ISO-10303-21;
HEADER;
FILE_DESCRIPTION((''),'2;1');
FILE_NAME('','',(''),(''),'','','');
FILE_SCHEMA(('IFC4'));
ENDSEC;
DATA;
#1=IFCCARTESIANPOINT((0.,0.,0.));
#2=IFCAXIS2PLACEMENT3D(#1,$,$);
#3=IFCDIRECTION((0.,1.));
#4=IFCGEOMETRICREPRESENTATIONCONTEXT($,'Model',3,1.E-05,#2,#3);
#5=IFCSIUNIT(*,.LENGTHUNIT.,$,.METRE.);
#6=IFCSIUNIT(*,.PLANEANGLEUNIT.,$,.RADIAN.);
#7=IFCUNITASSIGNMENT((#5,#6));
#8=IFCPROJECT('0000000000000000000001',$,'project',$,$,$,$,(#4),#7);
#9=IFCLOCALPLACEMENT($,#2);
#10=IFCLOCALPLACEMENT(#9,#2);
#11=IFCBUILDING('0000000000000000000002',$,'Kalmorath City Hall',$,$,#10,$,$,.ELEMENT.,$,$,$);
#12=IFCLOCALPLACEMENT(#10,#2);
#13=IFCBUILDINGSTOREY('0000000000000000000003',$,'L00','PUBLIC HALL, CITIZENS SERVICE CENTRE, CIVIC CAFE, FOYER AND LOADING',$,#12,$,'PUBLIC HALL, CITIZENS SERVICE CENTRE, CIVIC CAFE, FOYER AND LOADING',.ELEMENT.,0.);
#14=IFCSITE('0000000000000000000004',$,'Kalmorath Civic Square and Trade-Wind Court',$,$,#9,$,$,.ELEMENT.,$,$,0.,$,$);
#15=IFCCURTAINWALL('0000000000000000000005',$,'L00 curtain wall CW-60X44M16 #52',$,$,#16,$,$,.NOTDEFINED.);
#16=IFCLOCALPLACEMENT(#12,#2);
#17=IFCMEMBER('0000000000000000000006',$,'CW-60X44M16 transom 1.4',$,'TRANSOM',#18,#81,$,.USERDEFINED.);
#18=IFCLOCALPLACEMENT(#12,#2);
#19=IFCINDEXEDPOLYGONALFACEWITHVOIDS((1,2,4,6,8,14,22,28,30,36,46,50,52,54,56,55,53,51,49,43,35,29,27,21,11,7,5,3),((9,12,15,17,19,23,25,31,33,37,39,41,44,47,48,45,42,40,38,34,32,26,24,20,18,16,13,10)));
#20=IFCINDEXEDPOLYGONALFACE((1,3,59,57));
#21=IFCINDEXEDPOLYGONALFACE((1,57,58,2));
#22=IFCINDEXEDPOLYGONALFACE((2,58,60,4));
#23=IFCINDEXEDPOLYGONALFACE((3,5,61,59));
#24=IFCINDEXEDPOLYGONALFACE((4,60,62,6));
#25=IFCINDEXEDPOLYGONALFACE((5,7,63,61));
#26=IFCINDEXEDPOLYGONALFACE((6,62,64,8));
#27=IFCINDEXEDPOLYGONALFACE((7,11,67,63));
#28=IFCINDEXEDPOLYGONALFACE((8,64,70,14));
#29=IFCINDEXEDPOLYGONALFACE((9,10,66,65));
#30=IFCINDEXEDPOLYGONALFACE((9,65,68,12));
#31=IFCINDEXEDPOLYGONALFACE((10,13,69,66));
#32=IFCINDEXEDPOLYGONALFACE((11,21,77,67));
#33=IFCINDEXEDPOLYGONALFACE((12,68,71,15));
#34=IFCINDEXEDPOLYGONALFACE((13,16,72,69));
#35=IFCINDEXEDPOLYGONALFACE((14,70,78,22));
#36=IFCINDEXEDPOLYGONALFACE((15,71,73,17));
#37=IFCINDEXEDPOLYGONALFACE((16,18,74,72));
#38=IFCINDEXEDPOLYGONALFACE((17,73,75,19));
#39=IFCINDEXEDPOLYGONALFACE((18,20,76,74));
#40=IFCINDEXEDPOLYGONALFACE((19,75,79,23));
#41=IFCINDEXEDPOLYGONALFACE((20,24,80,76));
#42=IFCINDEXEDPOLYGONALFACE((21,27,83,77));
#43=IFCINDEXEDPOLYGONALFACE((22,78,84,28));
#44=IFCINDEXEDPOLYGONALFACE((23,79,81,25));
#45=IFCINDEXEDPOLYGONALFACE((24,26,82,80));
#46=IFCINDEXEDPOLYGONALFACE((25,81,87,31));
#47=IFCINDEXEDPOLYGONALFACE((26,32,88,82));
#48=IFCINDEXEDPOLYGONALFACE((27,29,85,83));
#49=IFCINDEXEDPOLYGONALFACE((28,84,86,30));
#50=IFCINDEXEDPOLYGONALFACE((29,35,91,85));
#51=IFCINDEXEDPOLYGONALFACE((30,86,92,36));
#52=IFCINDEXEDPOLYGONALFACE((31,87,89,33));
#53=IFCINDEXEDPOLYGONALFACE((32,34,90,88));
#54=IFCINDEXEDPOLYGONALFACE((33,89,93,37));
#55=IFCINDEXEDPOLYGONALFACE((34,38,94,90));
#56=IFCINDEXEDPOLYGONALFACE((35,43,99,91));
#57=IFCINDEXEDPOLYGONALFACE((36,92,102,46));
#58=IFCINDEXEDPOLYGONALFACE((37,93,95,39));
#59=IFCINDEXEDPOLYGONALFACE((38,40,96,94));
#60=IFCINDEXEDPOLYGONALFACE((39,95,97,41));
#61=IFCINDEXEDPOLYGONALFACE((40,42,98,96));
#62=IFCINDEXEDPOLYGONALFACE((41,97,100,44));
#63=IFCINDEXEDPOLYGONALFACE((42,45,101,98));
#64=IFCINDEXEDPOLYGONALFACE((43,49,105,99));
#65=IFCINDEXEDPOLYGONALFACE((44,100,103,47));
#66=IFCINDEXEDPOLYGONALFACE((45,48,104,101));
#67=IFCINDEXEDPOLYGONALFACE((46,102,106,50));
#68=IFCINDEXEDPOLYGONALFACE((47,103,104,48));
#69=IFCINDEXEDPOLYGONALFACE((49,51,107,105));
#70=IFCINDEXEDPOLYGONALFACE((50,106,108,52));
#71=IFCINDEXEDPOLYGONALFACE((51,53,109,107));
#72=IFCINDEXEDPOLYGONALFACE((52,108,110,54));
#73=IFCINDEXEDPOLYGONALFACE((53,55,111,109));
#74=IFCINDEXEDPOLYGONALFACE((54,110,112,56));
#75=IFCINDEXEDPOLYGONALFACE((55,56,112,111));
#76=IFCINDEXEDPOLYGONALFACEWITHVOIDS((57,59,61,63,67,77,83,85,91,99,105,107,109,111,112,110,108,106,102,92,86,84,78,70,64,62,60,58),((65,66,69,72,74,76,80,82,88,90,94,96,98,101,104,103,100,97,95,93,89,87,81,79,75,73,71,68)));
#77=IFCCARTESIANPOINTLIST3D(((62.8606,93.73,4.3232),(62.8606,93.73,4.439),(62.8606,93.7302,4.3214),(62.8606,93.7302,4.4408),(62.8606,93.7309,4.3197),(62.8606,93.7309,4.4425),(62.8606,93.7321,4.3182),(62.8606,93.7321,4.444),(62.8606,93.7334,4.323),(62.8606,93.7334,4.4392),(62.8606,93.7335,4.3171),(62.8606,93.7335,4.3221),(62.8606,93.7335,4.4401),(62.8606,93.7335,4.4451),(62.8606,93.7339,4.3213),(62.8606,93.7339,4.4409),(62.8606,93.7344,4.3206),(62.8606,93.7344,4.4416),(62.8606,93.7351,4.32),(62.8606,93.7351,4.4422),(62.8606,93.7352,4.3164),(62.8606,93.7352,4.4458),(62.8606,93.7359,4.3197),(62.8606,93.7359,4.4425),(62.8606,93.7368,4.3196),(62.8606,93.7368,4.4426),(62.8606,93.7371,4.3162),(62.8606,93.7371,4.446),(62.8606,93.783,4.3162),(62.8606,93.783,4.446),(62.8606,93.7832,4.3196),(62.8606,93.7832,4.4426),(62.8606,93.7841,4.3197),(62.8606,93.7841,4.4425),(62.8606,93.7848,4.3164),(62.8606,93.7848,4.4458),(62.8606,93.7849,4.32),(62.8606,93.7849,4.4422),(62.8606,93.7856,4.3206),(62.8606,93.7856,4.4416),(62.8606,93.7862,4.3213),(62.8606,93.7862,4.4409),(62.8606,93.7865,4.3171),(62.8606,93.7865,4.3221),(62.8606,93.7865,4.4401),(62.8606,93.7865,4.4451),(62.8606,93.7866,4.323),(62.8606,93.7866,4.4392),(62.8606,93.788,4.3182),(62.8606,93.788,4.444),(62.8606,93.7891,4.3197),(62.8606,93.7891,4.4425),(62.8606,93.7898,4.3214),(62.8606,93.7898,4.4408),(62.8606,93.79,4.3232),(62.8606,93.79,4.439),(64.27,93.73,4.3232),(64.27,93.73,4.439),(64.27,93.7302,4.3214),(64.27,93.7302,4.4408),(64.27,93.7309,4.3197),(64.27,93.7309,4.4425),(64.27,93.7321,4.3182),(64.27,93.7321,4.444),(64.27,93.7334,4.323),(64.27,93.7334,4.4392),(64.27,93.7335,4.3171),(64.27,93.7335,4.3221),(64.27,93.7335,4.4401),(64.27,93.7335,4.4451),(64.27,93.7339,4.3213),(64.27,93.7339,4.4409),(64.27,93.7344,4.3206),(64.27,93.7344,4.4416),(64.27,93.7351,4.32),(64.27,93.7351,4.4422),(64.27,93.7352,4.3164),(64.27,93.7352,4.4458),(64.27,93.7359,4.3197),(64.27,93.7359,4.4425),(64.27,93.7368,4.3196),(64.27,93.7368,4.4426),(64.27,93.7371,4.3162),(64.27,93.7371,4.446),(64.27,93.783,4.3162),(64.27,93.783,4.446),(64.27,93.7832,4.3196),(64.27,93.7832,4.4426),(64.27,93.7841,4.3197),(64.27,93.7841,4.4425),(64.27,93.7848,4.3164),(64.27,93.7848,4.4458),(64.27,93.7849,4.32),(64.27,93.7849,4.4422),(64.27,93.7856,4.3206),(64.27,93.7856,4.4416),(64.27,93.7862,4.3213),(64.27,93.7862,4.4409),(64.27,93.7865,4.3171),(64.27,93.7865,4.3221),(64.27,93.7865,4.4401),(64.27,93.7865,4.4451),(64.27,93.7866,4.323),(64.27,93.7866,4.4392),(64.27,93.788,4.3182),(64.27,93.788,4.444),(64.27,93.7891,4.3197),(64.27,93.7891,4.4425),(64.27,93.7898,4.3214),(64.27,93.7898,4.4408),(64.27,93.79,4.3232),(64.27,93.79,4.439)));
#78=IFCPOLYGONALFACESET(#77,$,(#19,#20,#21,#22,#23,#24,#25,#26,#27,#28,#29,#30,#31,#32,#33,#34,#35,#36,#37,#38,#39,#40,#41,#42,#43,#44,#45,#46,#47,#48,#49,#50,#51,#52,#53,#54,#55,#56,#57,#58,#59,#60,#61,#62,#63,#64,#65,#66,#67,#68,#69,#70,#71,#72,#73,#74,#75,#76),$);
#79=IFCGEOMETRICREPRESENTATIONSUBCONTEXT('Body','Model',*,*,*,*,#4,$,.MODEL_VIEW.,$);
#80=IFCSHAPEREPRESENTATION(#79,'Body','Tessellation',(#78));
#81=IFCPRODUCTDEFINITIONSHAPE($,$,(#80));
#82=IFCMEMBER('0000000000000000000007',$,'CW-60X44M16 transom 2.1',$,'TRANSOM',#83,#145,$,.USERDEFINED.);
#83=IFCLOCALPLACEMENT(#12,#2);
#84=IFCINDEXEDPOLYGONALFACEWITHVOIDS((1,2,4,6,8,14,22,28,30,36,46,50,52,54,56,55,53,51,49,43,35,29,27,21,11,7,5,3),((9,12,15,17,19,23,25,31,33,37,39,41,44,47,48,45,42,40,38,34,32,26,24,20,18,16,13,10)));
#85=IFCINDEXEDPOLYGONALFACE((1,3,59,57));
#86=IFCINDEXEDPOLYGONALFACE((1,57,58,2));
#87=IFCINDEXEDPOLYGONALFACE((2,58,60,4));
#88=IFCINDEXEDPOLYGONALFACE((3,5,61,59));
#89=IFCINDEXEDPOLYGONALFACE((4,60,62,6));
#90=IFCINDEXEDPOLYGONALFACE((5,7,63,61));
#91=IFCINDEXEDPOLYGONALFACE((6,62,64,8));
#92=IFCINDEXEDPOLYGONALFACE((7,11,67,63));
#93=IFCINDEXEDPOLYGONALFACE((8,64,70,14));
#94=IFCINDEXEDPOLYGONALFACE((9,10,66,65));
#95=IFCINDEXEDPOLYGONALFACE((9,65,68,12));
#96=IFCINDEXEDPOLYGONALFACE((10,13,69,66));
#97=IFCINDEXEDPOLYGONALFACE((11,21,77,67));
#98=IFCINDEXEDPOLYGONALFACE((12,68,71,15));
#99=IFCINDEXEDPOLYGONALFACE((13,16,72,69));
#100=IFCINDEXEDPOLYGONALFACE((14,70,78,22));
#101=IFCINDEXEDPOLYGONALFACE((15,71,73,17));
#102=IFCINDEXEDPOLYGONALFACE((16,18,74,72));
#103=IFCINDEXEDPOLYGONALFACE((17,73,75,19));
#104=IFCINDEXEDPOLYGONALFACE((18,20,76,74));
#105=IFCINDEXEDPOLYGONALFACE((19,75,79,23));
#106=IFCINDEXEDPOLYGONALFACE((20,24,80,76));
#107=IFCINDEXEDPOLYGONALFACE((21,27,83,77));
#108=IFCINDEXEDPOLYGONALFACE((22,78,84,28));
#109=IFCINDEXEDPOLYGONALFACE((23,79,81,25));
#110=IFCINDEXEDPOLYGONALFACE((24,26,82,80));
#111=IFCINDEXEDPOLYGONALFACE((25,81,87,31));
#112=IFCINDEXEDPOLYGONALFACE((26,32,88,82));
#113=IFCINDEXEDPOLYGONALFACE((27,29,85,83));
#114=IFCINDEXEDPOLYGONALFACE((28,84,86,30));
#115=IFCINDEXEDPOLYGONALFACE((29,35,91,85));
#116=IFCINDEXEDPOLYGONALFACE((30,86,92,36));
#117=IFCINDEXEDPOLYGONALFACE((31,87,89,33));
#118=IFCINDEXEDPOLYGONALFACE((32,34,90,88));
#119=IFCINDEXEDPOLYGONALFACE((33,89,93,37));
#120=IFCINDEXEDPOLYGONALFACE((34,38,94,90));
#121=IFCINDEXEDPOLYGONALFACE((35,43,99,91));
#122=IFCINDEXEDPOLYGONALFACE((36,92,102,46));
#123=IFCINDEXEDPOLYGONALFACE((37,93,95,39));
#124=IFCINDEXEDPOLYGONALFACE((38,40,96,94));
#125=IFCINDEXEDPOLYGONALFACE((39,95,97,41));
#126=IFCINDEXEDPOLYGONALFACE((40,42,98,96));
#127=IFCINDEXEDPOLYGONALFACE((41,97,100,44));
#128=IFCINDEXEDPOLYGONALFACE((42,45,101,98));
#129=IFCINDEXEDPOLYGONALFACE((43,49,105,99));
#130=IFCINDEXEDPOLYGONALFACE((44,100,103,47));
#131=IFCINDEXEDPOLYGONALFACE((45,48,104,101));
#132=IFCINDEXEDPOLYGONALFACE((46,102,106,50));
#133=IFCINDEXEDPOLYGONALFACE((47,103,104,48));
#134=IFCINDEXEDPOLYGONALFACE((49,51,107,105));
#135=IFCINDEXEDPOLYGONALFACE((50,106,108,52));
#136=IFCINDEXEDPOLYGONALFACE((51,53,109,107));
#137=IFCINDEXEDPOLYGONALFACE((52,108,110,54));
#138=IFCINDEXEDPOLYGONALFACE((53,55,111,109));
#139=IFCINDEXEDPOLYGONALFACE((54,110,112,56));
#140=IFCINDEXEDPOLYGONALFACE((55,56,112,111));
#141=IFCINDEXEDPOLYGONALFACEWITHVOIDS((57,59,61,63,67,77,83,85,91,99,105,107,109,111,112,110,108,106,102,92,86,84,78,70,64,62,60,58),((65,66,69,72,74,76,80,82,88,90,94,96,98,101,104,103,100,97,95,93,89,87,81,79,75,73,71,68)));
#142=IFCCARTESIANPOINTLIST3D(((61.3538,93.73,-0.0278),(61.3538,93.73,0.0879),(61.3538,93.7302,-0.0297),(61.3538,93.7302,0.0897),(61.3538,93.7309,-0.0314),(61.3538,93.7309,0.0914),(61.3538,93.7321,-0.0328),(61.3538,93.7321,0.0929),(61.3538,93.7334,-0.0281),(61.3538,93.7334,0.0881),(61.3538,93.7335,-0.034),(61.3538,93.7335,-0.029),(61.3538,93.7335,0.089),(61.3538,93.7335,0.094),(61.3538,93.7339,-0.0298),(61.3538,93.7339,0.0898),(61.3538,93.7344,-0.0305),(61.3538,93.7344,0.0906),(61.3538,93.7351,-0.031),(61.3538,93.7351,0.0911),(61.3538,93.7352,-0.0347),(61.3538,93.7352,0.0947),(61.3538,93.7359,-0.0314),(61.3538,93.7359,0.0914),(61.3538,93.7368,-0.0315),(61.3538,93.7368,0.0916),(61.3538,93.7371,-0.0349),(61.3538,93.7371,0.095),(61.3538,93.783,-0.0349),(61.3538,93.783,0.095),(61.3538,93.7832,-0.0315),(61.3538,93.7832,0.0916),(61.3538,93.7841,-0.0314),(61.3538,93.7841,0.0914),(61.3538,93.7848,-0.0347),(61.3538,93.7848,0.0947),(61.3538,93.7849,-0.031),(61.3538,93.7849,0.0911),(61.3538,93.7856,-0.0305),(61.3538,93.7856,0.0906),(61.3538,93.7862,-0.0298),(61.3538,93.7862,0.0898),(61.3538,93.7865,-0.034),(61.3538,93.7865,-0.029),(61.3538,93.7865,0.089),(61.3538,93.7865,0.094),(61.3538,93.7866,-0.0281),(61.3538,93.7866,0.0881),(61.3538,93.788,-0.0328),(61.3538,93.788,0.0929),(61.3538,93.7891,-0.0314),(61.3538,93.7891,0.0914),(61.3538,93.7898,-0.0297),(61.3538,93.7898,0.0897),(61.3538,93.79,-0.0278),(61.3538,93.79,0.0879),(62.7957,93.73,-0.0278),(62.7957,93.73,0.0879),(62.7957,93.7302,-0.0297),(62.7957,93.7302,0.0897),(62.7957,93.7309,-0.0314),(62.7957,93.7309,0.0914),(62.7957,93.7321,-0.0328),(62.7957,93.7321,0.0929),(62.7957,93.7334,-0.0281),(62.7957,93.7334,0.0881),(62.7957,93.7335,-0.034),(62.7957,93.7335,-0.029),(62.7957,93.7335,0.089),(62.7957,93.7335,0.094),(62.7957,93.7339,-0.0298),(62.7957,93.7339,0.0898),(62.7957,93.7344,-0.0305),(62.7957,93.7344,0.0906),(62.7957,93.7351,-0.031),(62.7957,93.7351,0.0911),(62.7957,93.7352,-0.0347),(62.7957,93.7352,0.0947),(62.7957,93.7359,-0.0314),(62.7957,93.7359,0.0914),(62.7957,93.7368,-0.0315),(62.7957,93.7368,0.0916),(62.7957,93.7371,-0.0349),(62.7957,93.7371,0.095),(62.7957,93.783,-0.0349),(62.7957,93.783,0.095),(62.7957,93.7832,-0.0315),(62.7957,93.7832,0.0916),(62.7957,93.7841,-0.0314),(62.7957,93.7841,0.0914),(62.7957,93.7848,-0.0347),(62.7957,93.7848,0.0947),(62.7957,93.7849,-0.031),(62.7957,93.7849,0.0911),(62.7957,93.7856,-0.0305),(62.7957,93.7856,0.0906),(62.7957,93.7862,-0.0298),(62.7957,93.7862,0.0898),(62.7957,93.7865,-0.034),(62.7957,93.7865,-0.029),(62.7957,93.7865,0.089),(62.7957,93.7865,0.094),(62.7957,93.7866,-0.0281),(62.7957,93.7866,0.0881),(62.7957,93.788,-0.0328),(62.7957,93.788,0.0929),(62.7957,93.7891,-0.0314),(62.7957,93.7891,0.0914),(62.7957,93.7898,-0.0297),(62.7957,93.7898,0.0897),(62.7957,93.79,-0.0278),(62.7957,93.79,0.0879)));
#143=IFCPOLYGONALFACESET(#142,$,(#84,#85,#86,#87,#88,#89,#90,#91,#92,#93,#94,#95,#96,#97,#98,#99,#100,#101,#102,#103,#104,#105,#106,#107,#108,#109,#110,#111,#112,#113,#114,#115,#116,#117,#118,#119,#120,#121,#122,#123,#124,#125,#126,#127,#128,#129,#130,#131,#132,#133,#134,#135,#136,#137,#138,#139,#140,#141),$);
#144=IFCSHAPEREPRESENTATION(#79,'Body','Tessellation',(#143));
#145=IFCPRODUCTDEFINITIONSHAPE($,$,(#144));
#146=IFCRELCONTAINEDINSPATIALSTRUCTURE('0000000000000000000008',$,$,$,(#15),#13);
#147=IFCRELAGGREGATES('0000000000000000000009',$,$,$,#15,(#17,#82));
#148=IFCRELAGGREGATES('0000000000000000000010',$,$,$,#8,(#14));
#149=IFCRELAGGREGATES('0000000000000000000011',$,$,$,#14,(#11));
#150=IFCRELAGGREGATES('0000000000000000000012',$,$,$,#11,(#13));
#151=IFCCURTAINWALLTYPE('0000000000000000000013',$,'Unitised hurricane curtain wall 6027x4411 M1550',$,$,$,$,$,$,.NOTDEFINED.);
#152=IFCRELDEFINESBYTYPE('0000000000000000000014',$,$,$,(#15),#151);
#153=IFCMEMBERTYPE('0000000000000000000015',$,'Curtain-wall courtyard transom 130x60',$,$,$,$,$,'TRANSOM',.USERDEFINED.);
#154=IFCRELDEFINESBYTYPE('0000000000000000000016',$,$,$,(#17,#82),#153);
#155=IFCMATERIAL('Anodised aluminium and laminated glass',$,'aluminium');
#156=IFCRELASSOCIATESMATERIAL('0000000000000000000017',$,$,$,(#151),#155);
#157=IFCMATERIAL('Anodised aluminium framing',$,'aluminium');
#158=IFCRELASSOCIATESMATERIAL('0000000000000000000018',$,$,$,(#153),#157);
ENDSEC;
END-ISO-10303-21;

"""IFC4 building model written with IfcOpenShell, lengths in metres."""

from ifc_helpers import new_model, si_unit, direction, frame, origin, origin_2d, place, context, subcontext, project, spatial, hollow_rectangle, extrude, material, material_profile, profile_set, type_object, element, aggregate, save


model = new_model("IFC4")

# Units and contexts
model_context = context("Model", 3, precision=1e-05, world=origin(), true_north=direction((0.0, 1.0)))
body_context = subcontext(model_context, "Body", "Model", "MODEL_VIEW")
ifc_project = project(units=[si_unit("LENGTHUNIT", "METRE"), si_unit("PLANEANGLEUNIT", "RADIAN")], contexts=[model_context])

# Site, building, storey
site_placement = place(None, origin())
site = spatial("IfcSite", under=ifc_project, at=site_placement, Name="Kalmorath Civic Square and Trade-Wind Court", CompositionType="ELEMENT", RefElevation=0.0)
building_placement = place(site_placement, origin())
building = spatial("IfcBuilding", under=site, at=building_placement, Name="Kalmorath City Hall", CompositionType="ELEMENT")
storey_placement = place(building_placement, origin())
storey = spatial("IfcBuildingStorey", under=building, at=storey_placement, Name="L00", Description="PUBLIC HALL, CITIZENS SERVICE CENTRE, CIVIC CAFE, FOYER AND LOADING", LongName="PUBLIC HALL, CITIZENS SERVICE CENTRE, CIVIC CAFE, FOYER AND LOADING", CompositionType="ELEMENT", Elevation=0.0)

# Curtain wall, members
ifc_material_1 = material(Name="Anodised aluminium and laminated glass", Category="aluminium")
curtain_wall_type = type_object("IfcCurtainWallType", Name="Unitised hurricane curtain wall 6027x4411 M1550", PredefinedType="NOTDEFINED", material=ifc_material_1)
curtain_wall_placement = place(storey_placement, origin())
curtain_wall = element("IfcCurtainWall", 1, at=curtain_wall_placement, inside=storey, type_object=curtain_wall_type, Name="L00 curtain wall CW-60X44M16 #52", PredefinedType="NOTDEFINED")
ifc_material_2 = material(Name="Anodised aluminium framing", Category="aluminium")
ifc_material_profile_1 = material_profile(ifc_material_2, hollow_rectangle(XDim=0.0601, YDim=0.1299, WallThickness=0.0034, InnerFilletRadius=0.0034, OuterFilletRadius=0.0071, at=origin_2d()), Name="ALU-TRN-130X60X3.5")
ifc_profile_set_1 = profile_set([ifc_material_profile_1], Name="Anodised aluminium framing")
member_type_1 = type_object("IfcMemberType", Name="Curtain-wall courtyard transom 130x60", ElementType="TRANSOM", PredefinedType="USERDEFINED", material=ifc_profile_set_1)
member_1_placement = place(storey_placement, frame((64.27, 93.76, 4.3811), z_axis=(-1.0, 0.0, 0.0), x_axis=(0.0, -1.0, 0.0)))
member_1 = element("IfcMember", 2, at=member_1_placement, type_object=member_type_1, Name="CW-60X44M16 transom 1.4", ObjectType="TRANSOM", PredefinedType="USERDEFINED", context=body_context, shape_type="SweptSolid", body=[
    extrude(hollow_rectangle(XDim=0.0601, YDim=0.1299, WallThickness=0.0034, InnerFilletRadius=0.0034, OuterFilletRadius=0.0071, at=origin_2d()), origin(), (0.0, 0.0, 1.0), 1.4094),
])
member_2_placement = place(storey_placement, frame((62.7957, 93.76, 0.03), z_axis=(-1.0, 0.0, 0.0), x_axis=(0.0, -1.0, 0.0)))
member_2 = element("IfcMember", 3, at=member_2_placement, type_object=member_type_1, Name="CW-60X44M16 transom 2.1", ObjectType="TRANSOM", PredefinedType="USERDEFINED", context=body_context, shape_type="SweptSolid", body=[
    extrude(hollow_rectangle(XDim=0.0601, YDim=0.1299, WallThickness=0.0034, InnerFilletRadius=0.0034, OuterFilletRadius=0.0071, at=origin_2d()), origin(), (0.0, 0.0, 1.0), 1.4419),
])
aggregate(curtain_wall, [member_1, member_2])

save(model, "model.ifc")
